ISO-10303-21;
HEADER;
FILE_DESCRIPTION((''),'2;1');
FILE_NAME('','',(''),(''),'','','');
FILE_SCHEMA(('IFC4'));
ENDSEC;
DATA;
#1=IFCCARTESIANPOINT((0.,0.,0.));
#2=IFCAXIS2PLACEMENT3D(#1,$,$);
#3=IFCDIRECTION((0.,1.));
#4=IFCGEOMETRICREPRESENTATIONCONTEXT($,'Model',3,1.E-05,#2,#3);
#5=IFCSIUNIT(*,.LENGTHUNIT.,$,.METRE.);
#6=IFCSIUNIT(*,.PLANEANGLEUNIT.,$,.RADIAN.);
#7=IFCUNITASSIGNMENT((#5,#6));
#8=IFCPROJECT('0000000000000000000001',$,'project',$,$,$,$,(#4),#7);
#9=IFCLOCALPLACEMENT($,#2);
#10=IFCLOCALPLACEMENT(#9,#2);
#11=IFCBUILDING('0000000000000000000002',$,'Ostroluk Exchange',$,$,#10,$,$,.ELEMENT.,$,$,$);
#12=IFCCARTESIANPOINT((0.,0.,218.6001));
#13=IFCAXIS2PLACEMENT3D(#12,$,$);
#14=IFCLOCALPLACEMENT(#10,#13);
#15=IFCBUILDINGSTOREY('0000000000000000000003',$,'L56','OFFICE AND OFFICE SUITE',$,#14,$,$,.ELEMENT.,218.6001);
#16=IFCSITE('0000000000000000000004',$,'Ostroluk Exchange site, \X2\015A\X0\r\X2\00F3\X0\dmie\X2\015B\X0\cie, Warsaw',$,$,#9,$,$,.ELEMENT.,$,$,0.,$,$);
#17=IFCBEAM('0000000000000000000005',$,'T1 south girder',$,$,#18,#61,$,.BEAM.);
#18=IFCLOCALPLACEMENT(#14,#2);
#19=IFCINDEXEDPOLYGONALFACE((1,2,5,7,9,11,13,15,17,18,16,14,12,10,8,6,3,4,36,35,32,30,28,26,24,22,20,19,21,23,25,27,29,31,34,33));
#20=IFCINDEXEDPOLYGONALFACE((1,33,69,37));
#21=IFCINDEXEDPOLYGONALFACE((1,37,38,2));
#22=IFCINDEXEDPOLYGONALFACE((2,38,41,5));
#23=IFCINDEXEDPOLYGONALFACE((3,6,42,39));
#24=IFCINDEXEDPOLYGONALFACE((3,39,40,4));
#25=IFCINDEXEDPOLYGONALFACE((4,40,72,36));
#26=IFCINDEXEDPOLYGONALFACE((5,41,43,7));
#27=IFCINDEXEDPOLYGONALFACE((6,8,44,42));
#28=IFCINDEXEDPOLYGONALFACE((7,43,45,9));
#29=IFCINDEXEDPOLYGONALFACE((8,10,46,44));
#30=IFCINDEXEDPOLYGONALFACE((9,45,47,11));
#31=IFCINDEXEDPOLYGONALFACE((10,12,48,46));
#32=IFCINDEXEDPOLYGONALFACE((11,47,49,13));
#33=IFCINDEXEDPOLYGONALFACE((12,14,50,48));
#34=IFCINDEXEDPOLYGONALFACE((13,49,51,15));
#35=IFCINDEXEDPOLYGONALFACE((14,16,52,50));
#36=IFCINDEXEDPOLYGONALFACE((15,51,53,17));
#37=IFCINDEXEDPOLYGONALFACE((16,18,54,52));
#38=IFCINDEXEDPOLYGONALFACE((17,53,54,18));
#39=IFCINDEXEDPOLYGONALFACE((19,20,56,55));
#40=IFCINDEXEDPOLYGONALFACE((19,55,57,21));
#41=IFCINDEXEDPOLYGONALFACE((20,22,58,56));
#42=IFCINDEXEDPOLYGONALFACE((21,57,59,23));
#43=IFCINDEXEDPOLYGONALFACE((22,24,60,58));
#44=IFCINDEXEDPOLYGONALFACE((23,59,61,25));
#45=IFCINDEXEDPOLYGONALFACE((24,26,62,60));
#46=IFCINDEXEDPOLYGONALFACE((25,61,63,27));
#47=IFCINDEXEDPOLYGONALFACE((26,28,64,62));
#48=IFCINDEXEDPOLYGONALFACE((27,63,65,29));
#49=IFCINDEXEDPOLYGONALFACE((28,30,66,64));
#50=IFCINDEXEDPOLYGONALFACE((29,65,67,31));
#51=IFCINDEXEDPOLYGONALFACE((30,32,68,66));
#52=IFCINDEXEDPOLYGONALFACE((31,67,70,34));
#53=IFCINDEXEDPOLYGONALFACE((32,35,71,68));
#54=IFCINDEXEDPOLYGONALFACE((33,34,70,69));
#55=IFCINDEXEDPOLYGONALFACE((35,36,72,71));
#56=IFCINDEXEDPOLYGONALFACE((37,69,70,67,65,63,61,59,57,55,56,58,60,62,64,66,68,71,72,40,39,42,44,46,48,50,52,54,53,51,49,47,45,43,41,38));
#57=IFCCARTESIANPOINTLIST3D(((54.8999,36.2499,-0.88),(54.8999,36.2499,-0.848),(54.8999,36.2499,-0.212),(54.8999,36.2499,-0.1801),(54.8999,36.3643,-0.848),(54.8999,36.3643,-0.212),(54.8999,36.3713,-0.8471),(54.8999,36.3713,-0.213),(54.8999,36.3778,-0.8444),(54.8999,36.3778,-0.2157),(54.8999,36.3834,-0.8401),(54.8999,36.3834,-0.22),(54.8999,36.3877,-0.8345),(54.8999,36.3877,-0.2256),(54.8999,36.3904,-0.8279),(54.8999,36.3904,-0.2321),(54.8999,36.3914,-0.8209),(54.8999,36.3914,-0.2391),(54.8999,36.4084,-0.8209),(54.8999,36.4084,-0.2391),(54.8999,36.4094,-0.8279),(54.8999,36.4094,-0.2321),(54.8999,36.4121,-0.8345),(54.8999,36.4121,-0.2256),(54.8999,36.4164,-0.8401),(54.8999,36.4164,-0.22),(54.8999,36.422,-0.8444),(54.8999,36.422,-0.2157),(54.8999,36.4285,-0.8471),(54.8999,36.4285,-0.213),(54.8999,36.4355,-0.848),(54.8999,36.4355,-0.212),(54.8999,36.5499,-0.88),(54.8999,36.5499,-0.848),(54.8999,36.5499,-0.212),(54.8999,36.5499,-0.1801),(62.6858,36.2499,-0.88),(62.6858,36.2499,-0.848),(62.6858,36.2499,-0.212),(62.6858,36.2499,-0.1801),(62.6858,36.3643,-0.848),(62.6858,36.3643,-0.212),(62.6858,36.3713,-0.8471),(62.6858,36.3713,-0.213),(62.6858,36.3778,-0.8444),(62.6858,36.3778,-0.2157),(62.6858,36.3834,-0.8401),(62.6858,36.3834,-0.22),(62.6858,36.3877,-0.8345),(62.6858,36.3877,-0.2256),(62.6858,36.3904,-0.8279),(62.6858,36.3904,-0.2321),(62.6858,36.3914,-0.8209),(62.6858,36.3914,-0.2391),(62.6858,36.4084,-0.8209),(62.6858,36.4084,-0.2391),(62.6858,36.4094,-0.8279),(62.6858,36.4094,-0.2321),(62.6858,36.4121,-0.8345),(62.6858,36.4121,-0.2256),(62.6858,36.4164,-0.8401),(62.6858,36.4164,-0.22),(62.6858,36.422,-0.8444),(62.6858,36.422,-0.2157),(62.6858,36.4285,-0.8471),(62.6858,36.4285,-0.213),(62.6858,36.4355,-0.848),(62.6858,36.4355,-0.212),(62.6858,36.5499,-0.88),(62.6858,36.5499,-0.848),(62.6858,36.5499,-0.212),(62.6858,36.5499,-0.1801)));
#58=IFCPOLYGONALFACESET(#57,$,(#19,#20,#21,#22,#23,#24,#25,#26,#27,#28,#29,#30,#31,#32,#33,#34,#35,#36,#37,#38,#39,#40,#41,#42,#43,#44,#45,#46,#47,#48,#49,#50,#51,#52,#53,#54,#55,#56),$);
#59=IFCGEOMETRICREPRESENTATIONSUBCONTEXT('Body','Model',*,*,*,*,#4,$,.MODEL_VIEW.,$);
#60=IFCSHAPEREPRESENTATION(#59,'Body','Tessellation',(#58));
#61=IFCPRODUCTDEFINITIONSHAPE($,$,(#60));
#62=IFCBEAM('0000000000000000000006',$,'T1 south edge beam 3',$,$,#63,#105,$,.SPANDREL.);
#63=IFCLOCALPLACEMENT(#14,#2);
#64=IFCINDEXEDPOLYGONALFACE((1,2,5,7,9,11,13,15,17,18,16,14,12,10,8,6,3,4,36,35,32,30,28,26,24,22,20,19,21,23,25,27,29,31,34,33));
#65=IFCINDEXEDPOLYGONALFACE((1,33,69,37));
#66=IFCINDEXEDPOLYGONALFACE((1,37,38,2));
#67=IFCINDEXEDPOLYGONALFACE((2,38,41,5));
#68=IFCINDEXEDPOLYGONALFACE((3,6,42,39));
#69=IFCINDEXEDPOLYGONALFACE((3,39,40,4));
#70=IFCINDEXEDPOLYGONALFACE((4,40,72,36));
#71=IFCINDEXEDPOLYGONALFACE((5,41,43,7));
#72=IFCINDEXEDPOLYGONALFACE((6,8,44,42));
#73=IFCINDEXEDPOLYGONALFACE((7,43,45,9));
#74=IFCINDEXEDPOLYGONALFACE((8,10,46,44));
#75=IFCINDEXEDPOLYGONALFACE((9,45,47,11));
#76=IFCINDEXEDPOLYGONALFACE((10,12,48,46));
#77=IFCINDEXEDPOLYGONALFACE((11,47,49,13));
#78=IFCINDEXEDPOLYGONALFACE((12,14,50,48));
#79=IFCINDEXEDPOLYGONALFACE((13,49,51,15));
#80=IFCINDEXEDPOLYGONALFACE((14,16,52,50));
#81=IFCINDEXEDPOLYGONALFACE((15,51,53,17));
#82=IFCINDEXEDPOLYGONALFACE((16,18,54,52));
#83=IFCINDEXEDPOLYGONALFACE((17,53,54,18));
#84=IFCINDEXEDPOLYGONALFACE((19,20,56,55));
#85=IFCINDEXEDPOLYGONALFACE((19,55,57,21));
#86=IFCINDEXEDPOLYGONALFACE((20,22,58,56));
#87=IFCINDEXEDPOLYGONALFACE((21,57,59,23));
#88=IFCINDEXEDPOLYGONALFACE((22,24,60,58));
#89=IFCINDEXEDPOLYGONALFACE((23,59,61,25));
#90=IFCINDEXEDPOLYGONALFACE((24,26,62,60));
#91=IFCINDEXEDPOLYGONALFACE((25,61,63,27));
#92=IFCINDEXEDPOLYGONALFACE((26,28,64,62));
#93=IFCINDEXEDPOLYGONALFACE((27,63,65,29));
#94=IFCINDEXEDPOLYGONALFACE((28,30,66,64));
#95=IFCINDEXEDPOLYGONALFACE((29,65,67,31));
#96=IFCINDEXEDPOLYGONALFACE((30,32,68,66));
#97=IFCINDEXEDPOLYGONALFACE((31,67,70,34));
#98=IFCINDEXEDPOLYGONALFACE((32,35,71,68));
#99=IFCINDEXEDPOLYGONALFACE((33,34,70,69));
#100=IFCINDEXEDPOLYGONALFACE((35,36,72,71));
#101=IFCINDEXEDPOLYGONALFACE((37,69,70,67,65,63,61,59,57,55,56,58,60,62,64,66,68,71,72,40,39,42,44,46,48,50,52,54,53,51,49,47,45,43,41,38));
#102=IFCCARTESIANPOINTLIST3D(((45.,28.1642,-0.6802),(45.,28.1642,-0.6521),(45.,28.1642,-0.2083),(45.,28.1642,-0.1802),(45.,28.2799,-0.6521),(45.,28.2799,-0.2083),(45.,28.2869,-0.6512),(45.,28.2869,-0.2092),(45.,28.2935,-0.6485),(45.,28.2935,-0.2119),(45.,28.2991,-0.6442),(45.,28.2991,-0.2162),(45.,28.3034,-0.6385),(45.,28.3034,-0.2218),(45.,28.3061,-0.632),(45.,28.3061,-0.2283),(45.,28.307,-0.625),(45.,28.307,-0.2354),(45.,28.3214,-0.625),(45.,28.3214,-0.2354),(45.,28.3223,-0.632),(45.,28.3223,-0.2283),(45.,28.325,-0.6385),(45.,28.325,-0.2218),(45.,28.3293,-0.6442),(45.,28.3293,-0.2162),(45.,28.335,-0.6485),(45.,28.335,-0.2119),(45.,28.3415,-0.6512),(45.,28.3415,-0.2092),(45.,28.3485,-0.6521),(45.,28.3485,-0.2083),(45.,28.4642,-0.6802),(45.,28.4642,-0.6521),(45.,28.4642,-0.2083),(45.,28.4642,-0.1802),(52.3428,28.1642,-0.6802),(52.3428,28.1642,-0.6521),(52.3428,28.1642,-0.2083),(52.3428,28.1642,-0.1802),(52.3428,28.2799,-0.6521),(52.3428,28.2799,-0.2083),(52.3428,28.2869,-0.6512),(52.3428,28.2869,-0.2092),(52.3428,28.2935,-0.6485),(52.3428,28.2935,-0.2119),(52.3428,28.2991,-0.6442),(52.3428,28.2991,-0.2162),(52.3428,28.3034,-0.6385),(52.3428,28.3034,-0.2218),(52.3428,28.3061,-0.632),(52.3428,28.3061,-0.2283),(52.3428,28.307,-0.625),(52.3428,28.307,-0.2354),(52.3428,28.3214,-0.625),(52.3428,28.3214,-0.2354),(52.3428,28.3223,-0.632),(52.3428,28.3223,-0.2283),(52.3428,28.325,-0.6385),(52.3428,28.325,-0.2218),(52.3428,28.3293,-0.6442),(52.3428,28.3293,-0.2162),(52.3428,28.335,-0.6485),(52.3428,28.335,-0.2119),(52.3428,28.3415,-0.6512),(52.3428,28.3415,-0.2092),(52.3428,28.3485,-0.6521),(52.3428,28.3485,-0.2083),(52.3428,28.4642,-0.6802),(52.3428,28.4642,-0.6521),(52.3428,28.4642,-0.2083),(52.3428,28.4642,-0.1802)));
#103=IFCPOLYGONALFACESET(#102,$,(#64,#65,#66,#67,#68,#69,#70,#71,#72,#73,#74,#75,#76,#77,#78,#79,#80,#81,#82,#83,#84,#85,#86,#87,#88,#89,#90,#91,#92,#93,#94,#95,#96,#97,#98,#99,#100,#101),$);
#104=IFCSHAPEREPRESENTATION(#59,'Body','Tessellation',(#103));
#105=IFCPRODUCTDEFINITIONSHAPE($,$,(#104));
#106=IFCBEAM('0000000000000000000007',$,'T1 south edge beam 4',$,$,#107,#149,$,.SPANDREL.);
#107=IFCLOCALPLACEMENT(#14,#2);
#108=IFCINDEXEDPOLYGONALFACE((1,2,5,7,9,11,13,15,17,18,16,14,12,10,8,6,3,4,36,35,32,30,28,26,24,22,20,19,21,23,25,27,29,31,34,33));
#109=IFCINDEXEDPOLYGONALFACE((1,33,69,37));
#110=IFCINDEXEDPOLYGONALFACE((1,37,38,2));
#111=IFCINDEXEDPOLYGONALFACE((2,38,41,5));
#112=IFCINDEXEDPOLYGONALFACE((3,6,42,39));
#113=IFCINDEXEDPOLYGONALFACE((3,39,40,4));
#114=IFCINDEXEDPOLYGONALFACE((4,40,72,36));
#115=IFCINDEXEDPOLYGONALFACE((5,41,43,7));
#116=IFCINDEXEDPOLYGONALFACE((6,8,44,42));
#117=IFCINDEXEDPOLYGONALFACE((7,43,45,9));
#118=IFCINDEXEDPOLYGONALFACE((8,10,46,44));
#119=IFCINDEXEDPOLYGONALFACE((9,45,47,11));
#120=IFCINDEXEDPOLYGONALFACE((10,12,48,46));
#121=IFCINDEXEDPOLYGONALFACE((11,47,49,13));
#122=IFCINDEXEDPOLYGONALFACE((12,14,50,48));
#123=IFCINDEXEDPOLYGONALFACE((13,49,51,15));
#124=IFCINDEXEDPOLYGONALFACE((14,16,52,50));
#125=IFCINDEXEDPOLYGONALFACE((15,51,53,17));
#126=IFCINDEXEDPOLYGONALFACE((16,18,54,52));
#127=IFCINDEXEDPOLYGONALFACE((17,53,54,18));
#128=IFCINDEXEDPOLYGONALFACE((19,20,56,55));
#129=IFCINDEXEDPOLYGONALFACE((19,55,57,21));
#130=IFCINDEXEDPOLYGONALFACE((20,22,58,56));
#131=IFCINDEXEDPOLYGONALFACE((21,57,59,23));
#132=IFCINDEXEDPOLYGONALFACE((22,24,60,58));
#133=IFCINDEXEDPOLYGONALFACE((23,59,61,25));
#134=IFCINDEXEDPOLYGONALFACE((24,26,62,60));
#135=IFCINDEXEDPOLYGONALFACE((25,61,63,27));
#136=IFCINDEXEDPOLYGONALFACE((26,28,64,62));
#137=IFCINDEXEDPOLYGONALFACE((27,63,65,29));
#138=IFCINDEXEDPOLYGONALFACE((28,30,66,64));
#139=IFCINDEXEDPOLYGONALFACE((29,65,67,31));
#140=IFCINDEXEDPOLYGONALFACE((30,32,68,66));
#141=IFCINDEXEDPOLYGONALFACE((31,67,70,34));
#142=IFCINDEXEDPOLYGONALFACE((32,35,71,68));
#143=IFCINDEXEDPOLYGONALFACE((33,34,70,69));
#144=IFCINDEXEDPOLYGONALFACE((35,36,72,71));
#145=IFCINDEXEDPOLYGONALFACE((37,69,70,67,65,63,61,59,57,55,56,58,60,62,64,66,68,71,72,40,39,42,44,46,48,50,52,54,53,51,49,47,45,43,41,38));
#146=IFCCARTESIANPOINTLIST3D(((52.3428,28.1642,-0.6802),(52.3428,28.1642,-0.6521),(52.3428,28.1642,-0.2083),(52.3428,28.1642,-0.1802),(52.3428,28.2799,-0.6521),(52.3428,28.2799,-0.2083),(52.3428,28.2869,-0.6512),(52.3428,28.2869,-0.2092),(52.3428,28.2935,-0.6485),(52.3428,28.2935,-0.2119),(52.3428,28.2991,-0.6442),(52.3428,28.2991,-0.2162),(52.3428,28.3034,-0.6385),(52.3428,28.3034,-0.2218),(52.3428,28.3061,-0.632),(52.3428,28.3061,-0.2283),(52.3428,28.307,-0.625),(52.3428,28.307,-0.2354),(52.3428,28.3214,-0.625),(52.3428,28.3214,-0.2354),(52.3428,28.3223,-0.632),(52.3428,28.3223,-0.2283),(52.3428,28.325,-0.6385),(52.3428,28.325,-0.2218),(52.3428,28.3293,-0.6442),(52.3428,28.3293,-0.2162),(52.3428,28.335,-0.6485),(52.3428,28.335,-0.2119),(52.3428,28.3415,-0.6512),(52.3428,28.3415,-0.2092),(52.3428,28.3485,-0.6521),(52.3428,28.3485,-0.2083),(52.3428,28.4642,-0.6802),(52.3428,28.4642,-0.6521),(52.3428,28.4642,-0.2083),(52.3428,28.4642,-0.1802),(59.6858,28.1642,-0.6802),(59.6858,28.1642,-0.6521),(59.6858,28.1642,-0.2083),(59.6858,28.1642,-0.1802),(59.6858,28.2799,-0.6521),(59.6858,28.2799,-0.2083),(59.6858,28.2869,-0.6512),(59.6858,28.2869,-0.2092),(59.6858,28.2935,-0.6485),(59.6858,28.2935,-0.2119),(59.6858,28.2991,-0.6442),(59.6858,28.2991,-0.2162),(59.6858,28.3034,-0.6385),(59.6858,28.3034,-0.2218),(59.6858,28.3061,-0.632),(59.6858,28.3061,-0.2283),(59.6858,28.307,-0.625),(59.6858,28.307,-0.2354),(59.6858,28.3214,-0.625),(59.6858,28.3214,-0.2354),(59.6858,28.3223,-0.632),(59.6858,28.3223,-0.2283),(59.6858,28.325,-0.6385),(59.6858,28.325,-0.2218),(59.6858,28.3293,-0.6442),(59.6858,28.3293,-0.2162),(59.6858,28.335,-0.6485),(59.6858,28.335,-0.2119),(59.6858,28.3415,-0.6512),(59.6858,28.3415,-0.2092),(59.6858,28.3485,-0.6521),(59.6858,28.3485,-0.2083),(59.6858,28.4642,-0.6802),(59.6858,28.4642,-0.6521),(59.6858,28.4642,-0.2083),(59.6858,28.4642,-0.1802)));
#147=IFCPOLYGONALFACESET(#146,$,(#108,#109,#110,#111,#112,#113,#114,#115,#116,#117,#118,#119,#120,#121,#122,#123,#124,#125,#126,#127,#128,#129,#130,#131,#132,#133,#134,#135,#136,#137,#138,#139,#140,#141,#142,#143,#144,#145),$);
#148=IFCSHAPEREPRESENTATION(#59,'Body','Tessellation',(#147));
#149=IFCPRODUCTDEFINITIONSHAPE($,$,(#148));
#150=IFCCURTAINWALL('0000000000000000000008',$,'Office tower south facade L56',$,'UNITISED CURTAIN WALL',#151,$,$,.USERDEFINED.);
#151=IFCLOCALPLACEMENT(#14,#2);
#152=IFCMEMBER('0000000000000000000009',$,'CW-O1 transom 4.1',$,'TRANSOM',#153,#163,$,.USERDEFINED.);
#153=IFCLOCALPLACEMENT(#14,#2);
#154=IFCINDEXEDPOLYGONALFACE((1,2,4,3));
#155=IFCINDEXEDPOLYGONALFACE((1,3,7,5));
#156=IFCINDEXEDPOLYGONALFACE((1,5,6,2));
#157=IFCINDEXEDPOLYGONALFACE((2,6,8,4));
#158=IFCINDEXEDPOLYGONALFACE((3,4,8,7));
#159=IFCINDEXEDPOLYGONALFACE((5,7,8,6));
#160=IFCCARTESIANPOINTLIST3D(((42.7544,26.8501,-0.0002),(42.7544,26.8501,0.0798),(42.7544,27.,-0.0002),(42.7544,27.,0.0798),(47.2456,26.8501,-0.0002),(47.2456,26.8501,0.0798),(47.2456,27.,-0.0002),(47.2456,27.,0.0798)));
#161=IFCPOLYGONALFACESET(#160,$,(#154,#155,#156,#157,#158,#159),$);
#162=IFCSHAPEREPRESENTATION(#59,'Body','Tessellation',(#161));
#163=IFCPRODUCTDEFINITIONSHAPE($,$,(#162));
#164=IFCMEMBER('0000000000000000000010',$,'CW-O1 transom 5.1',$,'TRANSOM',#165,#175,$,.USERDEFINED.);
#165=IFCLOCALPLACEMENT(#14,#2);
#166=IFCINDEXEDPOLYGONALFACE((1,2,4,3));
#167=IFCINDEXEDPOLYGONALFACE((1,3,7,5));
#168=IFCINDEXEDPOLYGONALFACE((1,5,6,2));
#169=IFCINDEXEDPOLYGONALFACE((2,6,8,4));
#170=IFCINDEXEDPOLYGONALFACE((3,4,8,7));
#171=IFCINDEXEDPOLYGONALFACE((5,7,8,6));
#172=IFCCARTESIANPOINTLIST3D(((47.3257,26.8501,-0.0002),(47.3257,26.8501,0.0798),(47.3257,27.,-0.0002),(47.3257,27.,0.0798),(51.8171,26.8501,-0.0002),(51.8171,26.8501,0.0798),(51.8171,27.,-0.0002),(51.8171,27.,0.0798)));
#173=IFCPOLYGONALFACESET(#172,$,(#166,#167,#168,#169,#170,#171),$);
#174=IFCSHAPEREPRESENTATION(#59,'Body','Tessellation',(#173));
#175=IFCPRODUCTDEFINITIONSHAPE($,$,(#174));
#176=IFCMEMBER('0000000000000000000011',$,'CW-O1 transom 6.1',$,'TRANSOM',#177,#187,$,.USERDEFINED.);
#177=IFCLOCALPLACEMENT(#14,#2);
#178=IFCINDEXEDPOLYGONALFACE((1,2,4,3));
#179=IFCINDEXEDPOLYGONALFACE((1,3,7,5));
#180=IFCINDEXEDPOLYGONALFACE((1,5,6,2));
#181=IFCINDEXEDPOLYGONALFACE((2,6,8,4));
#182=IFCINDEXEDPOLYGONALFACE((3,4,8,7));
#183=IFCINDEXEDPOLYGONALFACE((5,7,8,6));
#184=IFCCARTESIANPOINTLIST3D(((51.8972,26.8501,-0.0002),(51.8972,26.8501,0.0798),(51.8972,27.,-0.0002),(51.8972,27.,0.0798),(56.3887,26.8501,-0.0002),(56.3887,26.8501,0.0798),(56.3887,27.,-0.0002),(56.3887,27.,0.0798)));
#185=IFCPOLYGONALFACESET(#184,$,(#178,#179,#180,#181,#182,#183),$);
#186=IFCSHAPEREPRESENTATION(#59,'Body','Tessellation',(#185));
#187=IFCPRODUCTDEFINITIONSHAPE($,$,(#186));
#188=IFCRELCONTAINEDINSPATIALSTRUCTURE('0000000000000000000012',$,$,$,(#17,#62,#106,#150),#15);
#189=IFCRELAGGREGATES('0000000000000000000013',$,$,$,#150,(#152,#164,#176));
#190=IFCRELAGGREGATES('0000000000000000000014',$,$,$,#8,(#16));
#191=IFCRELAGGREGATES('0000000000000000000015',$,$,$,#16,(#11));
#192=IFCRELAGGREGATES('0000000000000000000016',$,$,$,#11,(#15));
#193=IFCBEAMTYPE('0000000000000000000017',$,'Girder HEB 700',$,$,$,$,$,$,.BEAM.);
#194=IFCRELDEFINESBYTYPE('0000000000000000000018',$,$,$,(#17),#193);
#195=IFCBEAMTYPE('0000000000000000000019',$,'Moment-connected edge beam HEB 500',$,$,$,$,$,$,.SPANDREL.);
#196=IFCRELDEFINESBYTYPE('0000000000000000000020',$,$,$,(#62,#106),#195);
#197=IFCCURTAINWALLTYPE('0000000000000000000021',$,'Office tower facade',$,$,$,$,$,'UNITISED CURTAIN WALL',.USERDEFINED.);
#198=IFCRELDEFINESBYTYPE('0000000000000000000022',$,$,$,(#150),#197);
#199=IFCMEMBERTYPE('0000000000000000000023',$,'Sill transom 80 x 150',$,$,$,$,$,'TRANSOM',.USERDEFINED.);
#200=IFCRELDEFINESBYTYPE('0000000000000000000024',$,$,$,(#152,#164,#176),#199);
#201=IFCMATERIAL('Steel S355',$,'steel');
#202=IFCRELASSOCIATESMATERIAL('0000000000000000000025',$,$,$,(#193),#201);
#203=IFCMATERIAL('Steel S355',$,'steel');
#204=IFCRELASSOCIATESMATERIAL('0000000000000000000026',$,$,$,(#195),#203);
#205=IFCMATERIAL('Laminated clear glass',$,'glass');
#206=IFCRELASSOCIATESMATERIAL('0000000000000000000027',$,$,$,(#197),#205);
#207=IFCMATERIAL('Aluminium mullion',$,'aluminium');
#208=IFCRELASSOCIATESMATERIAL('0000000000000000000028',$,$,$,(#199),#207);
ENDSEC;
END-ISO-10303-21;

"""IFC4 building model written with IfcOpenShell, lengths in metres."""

from ifc_helpers import new_model, si_unit, direction, frame, origin, origin_2d, place, context, subcontext, project, spatial, rectangle, i_section, extrude, material, material_profile, profile_set, type_object, element, aggregate, save


model = new_model("IFC4")

# Units and contexts
model_context = context("Model", 3, precision=1e-05, world=origin(), true_north=direction((0.0, 1.0)))
body_context = subcontext(model_context, "Body", "Model", "MODEL_VIEW")
ifc_project = project(units=[si_unit("LENGTHUNIT", "METRE"), si_unit("PLANEANGLEUNIT", "RADIAN")], contexts=[model_context])

# Site, building, storey
site_placement = place(None, origin())
site = spatial("IfcSite", under=ifc_project, at=site_placement, Name="Ostroluk Exchange site, Śródmieście, Warsaw", CompositionType="ELEMENT", RefElevation=0.0)
building_placement = place(site_placement, origin())
building = spatial("IfcBuilding", under=site, at=building_placement, Name="Ostroluk Exchange", CompositionType="ELEMENT")
storey_placement = place(building_placement, frame((0.0, 0.0, 218.6001)))
storey = spatial("IfcBuildingStorey", under=building, at=storey_placement, Name="L56", Description="OFFICE AND OFFICE SUITE", CompositionType="ELEMENT", Elevation=218.6001)

# Beams
ifc_material_1 = material(Name="Steel S355", Category="steel")
ifc_material_profile_1 = material_profile(ifc_material_1, i_section(OverallWidth=0.3, OverallDepth=0.7, WebThickness=0.0171, FlangeThickness=0.032, FilletRadius=0.0271, at=origin_2d()), Name="HEB 700")
ifc_profile_set_1 = profile_set([ifc_material_profile_1], Name="Steel S355")
beam_type_1 = type_object("IfcBeamType", Name="Girder HEB 700", PredefinedType="BEAM", material=ifc_profile_set_1)
beam_1_placement = place(storey_placement, frame((54.8999, 36.3999, -0.53), z_axis=(1.0, 0.0, 0.0), x_axis=(0.0, 1.0, 0.0)))
element("IfcBeam", 1, at=beam_1_placement, inside=storey, type_object=beam_type_1, Name="T1 south girder", PredefinedType="BEAM", context=body_context, shape_type="SweptSolid", body=[
    extrude(i_section(OverallWidth=0.3, OverallDepth=0.7, WebThickness=0.0171, FlangeThickness=0.032, FilletRadius=0.0271, at=origin_2d()), origin(), (0.0, 0.0, 1.0), 7.7859),
])
ifc_material_2 = material(Name="Steel S355", Category="steel")
ifc_material_profile_2 = material_profile(ifc_material_2, i_section(OverallWidth=0.3, OverallDepth=0.5, WebThickness=0.0144, FlangeThickness=0.0281, FilletRadius=0.0271, at=origin_2d()), Name="HEB 500")
ifc_profile_set_2 = profile_set([ifc_material_profile_2], Name="Steel S355")
beam_type_2 = type_object("IfcBeamType", Name="Moment-connected edge beam HEB 500", PredefinedType="SPANDREL", material=ifc_profile_set_2)
beam_2_placement = place(storey_placement, frame((45.0, 28.3142, -0.4302), z_axis=(1.0, 0.0, 0.0), x_axis=(0.0, 1.0, 0.0)))
element("IfcBeam", 2, at=beam_2_placement, inside=storey, type_object=beam_type_2, Name="T1 south edge beam 3", PredefinedType="SPANDREL", context=body_context, shape_type="SweptSolid", body=[
    extrude(i_section(OverallWidth=0.3, OverallDepth=0.5, WebThickness=0.0144, FlangeThickness=0.0281, FilletRadius=0.0271, at=origin_2d()), origin(), (0.0, 0.0, 1.0), 7.3428),
])
beam_3_placement = place(storey_placement, frame((52.3428, 28.3142, -0.4302), z_axis=(1.0, 0.0, 0.0), x_axis=(0.0, 1.0, 0.0)))
element("IfcBeam", 3, at=beam_3_placement, inside=storey, type_object=beam_type_2, Name="T1 south edge beam 4", PredefinedType="SPANDREL", context=body_context, shape_type="SweptSolid", body=[
    extrude(i_section(OverallWidth=0.3, OverallDepth=0.5, WebThickness=0.0144, FlangeThickness=0.0281, FilletRadius=0.0271, at=origin_2d()), origin(), (0.0, 0.0, 1.0), 7.343),
])

# Curtain wall, members
ifc_material_3 = material(Name="Laminated clear glass", Category="glass")
curtain_wall_type = type_object("IfcCurtainWallType", Name="Office tower facade", ElementType="UNITISED CURTAIN WALL", PredefinedType="USERDEFINED", material=ifc_material_3)
curtain_wall_placement = place(storey_placement, origin())
curtain_wall = element("IfcCurtainWall", 4, at=curtain_wall_placement, inside=storey, type_object=curtain_wall_type, Name="Office tower south facade L56", ObjectType="UNITISED CURTAIN WALL", PredefinedType="USERDEFINED")
ifc_material_4 = material(Name="Aluminium mullion", Category="aluminium")
ifc_material_profile_3 = material_profile(ifc_material_4, rectangle(XDim=0.1499, YDim=0.0801, at=origin_2d()), Name="Sill transom 80 x 150")
ifc_profile_set_3 = profile_set([ifc_material_profile_3], Name="Aluminium mullion")
member_type_1 = type_object("IfcMemberType", Name="Sill transom 80 x 150", ElementType="TRANSOM", PredefinedType="USERDEFINED", material=ifc_profile_set_3)
member_1_placement = place(storey_placement, frame((42.7544, 26.925, 0.0398), z_axis=(1.0, 0.0, 0.0), x_axis=(0.0, 1.0, 0.0)))
member_1 = element("IfcMember", 5, at=member_1_placement, type_object=member_type_1, Name="CW-O1 transom 4.1", ObjectType="TRANSOM", PredefinedType="USERDEFINED", context=body_context, shape_type="SweptSolid", body=[
    extrude(rectangle(XDim=0.1499, YDim=0.0801, at=origin_2d()), origin(), (0.0, 0.0, 1.0), 4.4912),
])
member_2_placement = place(storey_placement, frame((47.3257, 26.925, 0.0398), z_axis=(1.0, 0.0, 0.0), x_axis=(0.0, 1.0, 0.0)))
member_2 = element("IfcMember", 6, at=member_2_placement, type_object=member_type_1, Name="CW-O1 transom 5.1", ObjectType="TRANSOM", PredefinedType="USERDEFINED", context=body_context, shape_type="SweptSolid", body=[
    extrude(rectangle(XDim=0.1499, YDim=0.0801, at=origin_2d()), origin(), (0.0, 0.0, 1.0), 4.4915),
])
member_3_placement = place(storey_placement, frame((51.8972, 26.925, 0.0398), z_axis=(1.0, 0.0, 0.0), x_axis=(0.0, 1.0, 0.0)))
member_3 = element("IfcMember", 7, at=member_3_placement, type_object=member_type_1, Name="CW-O1 transom 6.1", ObjectType="TRANSOM", PredefinedType="USERDEFINED", context=body_context, shape_type="SweptSolid", body=[
    extrude(rectangle(XDim=0.1499, YDim=0.0801, at=origin_2d()), origin(), (0.0, 0.0, 1.0), 4.4915),
])
aggregate(curtain_wall, [member_1, member_2, member_3])

save(model, "model.ifc")
